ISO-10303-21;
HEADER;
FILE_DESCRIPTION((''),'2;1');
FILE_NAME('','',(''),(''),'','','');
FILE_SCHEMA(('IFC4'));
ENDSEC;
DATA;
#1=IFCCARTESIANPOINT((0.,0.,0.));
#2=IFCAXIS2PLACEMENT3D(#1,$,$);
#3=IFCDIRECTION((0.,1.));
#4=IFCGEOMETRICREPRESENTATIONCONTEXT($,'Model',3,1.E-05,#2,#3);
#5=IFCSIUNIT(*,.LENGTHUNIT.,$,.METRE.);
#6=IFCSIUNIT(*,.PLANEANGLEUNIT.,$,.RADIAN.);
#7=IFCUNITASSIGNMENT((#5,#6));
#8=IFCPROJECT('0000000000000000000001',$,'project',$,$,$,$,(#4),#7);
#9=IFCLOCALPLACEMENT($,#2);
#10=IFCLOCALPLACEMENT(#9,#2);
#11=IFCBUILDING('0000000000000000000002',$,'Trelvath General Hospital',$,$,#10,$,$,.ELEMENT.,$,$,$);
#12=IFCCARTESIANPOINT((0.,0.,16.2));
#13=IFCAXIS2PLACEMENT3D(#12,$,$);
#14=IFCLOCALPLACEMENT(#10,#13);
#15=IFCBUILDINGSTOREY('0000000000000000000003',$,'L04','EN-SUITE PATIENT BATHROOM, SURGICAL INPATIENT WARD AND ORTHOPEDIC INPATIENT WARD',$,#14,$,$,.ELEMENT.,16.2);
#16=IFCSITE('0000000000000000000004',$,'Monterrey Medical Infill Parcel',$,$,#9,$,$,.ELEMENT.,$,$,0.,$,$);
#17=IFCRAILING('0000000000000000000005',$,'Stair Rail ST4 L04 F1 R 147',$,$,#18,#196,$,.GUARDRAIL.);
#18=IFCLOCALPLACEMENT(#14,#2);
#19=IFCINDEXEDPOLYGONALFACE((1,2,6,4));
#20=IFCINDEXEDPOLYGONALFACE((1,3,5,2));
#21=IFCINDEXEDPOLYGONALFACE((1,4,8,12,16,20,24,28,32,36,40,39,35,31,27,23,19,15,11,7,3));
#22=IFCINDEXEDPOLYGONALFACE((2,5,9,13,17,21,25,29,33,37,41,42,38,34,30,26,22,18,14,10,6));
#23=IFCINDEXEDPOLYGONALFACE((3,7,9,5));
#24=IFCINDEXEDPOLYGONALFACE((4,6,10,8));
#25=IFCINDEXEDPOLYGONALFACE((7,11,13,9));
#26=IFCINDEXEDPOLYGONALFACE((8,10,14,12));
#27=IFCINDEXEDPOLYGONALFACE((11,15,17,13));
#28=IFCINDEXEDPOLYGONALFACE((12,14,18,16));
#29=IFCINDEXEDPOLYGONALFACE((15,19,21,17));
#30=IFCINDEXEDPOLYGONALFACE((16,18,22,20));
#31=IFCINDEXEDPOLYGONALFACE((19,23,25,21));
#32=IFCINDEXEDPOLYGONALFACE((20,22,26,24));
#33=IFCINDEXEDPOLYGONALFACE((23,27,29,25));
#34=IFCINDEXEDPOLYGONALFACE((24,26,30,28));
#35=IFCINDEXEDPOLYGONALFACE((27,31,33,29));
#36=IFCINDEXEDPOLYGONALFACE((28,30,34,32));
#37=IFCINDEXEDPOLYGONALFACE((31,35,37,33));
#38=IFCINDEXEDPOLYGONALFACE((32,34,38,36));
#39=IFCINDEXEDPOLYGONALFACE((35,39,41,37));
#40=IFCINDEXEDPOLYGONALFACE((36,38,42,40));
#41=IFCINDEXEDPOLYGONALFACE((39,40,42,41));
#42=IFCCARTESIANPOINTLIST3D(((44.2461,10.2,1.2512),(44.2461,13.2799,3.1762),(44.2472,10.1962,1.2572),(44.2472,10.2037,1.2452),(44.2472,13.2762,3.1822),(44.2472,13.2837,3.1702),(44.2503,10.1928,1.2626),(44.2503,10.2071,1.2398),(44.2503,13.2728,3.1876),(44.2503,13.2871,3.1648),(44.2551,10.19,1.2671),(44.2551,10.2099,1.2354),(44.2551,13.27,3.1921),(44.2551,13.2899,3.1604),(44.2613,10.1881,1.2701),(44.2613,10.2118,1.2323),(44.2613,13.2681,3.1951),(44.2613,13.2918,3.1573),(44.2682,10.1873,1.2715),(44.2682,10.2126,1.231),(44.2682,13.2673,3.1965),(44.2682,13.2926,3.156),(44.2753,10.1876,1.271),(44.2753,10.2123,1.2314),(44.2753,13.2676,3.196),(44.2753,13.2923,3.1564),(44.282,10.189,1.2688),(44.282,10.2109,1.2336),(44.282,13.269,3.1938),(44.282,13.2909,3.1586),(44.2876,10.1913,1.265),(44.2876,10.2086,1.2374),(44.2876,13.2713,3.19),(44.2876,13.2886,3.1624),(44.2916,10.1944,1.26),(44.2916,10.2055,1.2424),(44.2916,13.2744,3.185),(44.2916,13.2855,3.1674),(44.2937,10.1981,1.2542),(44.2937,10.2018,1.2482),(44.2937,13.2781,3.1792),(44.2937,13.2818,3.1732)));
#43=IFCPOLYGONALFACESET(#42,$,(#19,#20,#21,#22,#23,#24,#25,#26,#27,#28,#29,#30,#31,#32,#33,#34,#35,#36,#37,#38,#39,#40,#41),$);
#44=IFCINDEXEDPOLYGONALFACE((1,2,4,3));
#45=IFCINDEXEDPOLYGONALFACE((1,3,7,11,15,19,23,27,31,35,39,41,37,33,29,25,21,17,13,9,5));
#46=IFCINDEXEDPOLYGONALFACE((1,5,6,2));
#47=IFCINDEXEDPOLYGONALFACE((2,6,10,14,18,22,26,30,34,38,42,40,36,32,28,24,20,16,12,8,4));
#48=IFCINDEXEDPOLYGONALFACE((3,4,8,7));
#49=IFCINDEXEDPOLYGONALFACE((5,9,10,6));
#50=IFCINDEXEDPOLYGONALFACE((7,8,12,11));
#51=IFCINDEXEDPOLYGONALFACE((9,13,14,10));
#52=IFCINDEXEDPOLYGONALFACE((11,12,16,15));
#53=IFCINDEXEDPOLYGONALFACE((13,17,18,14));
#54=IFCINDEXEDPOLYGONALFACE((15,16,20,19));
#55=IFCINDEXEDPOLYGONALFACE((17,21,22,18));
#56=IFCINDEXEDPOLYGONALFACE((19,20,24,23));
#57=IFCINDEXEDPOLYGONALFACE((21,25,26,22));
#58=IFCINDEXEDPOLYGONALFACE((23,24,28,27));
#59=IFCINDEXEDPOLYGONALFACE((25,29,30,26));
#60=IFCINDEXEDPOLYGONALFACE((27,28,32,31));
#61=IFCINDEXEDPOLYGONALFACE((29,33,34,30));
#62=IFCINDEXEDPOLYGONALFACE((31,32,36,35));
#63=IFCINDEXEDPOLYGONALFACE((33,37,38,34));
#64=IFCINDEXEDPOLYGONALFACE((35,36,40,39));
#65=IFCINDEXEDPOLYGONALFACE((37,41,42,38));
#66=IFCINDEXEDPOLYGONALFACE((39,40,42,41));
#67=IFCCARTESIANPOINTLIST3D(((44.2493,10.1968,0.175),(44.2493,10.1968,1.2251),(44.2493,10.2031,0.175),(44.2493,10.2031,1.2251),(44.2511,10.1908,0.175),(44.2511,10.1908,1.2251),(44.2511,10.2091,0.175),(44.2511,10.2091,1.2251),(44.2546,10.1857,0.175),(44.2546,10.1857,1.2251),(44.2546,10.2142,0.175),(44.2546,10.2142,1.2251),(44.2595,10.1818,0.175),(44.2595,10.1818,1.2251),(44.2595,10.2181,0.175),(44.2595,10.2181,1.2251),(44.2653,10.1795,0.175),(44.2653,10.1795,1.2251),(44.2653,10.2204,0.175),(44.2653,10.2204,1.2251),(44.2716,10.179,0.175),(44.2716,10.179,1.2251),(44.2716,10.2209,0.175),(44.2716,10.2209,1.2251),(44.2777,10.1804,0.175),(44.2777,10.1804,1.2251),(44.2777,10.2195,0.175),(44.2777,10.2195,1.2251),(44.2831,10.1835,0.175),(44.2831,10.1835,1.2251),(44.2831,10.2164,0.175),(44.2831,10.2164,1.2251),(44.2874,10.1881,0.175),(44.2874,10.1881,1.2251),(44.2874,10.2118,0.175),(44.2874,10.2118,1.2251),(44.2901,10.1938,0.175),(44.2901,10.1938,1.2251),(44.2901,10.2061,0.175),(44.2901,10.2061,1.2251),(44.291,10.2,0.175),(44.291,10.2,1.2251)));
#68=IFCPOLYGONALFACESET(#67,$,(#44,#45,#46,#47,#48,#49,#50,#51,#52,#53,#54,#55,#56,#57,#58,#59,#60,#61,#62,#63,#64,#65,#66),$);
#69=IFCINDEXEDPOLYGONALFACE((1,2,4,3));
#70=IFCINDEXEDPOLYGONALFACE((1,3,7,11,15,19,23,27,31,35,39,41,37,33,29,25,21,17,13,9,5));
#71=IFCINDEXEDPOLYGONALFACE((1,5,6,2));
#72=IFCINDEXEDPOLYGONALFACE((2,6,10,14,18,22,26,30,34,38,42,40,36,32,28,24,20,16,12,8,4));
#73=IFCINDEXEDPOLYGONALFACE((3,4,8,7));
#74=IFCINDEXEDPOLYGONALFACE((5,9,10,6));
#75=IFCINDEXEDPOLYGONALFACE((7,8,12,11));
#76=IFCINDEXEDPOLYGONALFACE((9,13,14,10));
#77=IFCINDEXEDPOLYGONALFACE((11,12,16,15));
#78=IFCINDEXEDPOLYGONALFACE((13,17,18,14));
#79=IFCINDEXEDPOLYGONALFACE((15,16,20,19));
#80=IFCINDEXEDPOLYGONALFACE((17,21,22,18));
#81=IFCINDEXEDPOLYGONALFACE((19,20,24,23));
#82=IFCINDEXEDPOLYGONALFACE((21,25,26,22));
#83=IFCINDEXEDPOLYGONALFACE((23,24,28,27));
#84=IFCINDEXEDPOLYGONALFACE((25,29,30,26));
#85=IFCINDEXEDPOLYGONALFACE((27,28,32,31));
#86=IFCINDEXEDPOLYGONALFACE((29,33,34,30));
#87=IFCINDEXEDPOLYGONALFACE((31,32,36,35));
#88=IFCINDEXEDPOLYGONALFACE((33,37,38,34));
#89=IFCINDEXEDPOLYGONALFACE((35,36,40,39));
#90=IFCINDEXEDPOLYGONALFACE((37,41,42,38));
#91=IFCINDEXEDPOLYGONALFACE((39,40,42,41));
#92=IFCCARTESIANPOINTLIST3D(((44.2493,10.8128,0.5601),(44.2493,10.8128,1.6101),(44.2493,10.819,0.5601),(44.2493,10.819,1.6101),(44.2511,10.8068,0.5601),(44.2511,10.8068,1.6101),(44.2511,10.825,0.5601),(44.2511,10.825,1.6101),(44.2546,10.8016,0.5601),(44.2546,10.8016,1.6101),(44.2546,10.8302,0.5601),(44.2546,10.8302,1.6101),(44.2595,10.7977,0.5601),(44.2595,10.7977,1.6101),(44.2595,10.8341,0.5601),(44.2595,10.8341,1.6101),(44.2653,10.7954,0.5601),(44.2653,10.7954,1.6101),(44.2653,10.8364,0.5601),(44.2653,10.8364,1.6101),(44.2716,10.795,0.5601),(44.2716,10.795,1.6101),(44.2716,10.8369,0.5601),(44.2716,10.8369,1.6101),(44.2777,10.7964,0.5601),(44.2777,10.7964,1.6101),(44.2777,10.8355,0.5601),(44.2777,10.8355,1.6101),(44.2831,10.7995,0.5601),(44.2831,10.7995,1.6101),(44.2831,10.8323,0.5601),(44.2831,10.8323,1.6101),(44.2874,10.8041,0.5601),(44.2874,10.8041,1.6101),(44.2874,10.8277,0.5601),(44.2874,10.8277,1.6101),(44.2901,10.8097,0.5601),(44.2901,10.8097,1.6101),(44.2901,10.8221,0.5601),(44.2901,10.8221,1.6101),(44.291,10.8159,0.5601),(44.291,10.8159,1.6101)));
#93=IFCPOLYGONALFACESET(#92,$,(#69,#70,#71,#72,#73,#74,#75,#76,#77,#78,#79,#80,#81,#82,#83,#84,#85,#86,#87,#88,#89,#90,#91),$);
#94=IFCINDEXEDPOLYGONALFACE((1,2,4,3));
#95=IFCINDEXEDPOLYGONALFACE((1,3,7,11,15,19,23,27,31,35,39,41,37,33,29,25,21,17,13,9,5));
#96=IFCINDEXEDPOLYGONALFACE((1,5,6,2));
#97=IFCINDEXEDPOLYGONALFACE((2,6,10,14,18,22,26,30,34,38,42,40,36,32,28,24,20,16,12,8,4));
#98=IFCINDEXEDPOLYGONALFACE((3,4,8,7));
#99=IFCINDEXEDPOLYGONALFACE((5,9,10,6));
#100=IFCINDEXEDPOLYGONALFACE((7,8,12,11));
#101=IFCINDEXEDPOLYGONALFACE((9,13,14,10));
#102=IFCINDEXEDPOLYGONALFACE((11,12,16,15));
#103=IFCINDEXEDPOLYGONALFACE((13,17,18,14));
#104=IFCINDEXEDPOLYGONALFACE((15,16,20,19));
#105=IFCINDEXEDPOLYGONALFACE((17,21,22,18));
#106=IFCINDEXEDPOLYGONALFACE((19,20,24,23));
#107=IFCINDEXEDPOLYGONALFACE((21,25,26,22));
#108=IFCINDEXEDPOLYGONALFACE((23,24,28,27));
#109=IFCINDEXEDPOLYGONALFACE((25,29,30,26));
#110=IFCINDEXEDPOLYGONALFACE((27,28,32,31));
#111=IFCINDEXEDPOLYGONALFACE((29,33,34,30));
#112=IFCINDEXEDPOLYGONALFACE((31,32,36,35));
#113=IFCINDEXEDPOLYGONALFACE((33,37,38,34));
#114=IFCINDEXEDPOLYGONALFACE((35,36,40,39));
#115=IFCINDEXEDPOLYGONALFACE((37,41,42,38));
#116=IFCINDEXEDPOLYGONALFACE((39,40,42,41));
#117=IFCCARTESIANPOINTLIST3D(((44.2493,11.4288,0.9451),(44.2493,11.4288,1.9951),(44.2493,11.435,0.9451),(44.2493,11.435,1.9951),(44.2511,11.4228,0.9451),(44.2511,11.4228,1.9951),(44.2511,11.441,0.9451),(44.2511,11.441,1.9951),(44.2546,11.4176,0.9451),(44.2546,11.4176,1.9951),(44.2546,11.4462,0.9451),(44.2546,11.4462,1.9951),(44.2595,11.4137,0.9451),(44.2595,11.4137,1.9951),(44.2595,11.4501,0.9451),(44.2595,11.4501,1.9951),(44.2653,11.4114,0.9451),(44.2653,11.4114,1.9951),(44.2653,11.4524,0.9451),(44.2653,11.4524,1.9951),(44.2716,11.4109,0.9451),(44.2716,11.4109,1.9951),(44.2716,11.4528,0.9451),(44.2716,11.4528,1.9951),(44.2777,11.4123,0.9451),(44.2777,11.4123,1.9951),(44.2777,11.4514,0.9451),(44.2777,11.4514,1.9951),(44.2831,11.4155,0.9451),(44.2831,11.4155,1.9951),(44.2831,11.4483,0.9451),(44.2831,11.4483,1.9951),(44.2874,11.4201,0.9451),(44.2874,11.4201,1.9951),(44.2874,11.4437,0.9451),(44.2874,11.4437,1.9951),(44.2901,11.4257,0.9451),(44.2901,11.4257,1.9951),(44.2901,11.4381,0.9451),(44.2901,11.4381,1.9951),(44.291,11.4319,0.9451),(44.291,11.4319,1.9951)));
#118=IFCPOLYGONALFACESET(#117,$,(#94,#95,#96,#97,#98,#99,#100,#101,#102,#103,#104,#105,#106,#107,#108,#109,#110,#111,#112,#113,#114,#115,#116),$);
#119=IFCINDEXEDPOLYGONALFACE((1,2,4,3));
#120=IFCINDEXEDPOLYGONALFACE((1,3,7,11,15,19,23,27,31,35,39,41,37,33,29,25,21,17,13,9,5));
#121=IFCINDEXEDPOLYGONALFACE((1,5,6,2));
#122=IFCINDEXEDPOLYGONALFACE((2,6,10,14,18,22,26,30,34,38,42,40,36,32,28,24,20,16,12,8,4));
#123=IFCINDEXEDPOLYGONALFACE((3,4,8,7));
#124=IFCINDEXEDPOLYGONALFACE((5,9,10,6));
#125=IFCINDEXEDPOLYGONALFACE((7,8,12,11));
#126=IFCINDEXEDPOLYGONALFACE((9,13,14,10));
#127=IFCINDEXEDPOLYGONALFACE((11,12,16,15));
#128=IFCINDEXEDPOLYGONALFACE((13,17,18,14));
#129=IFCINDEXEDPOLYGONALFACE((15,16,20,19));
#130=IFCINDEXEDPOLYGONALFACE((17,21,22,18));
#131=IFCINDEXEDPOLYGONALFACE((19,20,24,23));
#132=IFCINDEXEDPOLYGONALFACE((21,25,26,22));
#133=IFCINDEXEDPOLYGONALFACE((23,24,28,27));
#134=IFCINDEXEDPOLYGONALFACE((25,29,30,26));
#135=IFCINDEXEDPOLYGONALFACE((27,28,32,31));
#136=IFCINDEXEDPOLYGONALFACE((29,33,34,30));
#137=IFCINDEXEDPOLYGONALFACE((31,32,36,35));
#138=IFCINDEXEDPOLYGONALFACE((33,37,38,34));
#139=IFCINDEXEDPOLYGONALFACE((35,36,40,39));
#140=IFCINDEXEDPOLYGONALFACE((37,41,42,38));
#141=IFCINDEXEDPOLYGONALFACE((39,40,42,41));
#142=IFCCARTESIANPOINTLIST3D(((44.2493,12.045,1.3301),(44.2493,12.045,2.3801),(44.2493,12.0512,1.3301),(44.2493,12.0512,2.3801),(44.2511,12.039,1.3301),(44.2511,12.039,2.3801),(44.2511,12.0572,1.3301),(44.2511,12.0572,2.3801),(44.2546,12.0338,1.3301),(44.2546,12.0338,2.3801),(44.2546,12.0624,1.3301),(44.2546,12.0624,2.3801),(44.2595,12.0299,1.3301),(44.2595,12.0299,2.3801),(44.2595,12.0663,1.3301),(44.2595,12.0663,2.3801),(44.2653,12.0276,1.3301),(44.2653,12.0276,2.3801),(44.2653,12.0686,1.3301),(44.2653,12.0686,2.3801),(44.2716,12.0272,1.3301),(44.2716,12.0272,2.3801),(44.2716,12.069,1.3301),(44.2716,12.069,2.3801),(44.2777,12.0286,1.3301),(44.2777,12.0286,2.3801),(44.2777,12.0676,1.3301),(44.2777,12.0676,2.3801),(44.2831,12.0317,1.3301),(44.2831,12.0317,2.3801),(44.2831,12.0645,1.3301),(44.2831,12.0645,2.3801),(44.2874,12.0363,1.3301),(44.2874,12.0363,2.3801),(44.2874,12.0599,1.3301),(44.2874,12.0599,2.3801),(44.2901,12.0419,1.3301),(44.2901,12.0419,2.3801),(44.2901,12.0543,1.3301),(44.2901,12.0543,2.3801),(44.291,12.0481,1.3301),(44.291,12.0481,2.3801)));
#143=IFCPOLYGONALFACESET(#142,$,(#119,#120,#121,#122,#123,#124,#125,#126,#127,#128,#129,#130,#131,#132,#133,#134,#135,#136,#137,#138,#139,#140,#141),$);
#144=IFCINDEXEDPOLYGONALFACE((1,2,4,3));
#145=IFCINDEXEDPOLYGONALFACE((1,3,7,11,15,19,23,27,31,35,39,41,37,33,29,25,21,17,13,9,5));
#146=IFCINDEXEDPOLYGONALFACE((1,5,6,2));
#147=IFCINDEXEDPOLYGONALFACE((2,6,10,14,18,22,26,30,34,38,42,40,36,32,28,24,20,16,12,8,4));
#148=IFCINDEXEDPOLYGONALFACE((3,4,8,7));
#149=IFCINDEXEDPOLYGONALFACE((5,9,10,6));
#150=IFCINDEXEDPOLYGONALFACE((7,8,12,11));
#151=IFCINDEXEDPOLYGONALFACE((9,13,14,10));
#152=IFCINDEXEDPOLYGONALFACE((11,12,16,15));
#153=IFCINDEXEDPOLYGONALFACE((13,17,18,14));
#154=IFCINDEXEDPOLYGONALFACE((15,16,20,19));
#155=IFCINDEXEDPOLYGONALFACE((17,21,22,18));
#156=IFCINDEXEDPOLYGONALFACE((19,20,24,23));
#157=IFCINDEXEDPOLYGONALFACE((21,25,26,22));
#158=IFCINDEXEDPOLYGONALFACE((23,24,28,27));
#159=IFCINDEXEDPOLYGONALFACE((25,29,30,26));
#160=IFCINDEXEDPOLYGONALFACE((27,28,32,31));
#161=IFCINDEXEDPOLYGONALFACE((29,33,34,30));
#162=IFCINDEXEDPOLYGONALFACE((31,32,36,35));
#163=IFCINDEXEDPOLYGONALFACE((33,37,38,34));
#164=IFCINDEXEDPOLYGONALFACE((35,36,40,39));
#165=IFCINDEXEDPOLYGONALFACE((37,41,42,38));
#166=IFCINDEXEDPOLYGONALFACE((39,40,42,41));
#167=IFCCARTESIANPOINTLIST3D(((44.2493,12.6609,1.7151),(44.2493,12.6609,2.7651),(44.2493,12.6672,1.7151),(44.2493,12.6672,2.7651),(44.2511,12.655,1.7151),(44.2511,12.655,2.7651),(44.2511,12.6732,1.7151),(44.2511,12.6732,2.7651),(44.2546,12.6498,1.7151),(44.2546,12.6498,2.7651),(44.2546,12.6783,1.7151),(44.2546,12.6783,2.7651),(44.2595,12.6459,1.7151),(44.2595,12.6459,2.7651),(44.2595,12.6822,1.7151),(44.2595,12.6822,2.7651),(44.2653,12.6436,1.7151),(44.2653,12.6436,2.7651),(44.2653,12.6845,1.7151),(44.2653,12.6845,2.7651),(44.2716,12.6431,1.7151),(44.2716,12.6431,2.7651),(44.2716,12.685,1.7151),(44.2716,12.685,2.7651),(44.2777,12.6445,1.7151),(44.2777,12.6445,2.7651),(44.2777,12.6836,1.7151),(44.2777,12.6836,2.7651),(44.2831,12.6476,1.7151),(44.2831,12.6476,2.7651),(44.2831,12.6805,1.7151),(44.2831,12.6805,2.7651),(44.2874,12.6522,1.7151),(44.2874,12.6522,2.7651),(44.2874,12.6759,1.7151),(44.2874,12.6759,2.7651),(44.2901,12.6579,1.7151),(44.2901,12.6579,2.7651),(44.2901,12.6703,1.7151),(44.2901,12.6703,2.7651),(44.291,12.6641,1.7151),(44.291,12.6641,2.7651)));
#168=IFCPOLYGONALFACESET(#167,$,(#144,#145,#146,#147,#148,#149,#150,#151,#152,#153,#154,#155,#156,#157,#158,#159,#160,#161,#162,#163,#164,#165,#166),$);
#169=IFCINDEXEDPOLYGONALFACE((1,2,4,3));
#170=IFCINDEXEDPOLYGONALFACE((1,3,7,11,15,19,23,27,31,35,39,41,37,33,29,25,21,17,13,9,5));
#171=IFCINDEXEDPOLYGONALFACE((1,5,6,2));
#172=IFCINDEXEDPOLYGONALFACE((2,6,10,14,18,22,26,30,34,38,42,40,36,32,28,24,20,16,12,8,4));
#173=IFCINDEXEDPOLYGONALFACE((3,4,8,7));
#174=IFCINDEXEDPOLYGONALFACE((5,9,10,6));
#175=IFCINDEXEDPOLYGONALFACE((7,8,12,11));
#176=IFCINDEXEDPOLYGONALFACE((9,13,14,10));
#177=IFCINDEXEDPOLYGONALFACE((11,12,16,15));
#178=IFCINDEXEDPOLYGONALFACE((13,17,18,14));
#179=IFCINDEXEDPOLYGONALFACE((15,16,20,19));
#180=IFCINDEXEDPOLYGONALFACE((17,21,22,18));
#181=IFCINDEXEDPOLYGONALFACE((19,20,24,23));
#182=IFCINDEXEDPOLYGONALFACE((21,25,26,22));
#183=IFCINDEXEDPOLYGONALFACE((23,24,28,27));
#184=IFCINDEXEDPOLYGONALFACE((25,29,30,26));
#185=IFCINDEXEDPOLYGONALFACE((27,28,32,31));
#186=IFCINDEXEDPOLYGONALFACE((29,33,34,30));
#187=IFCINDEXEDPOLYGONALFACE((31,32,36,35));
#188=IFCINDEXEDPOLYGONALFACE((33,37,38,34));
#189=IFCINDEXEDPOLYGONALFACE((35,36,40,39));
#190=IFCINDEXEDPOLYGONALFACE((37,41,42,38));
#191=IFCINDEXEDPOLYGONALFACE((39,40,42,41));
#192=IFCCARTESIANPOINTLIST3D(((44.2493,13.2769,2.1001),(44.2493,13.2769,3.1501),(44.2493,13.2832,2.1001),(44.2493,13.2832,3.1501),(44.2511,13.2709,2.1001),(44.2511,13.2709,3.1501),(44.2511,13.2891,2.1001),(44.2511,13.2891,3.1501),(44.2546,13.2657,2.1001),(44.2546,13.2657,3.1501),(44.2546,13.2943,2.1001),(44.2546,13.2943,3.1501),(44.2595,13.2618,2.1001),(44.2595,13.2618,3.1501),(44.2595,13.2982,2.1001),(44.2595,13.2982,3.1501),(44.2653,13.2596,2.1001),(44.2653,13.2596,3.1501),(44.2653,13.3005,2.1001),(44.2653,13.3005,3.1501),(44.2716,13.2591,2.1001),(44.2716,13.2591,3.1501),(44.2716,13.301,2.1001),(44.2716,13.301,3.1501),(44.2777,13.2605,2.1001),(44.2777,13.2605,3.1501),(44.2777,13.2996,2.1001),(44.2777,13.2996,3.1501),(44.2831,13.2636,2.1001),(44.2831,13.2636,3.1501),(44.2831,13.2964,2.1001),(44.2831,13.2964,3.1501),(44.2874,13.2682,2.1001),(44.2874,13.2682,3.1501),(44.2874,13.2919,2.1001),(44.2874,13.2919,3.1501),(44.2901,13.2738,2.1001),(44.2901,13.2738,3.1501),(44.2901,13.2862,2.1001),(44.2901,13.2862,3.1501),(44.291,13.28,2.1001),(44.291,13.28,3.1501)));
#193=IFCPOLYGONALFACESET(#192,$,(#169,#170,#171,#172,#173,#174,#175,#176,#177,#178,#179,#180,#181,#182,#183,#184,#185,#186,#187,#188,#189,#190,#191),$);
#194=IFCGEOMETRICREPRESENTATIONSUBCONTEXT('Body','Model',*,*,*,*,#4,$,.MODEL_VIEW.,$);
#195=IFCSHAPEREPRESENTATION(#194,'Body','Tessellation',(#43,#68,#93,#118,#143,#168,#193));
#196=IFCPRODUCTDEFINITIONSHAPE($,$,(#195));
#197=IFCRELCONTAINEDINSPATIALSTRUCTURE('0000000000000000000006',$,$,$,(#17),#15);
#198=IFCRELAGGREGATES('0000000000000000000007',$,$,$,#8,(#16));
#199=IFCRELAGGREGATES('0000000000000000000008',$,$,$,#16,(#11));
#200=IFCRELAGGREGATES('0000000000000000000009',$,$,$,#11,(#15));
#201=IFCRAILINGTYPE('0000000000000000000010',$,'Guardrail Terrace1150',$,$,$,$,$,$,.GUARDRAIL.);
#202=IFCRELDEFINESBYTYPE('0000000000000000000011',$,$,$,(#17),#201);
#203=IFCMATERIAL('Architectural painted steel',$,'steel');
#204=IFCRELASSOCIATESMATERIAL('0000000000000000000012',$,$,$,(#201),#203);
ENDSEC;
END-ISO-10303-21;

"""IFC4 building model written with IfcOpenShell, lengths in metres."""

from ifc_helpers import new_model, si_unit, direction, frame, origin, origin_2d, place, context, subcontext, project, spatial, circle, extrude, material, type_object, element, save


model = new_model("IFC4")

# Units and contexts
model_context = context("Model", 3, precision=1e-05, world=origin(), true_north=direction((0.0, 1.0)))
body_context = subcontext(model_context, "Body", "Model", "MODEL_VIEW")
ifc_project = project(units=[si_unit("LENGTHUNIT", "METRE"), si_unit("PLANEANGLEUNIT", "RADIAN")], contexts=[model_context])

# Site, building, storey
site_placement = place(None, origin())
site = spatial("IfcSite", under=ifc_project, at=site_placement, Name="Monterrey Medical Infill Parcel", CompositionType="ELEMENT", RefElevation=0.0)
building_placement = place(site_placement, origin())
building = spatial("IfcBuilding", under=site, at=building_placement, Name="Trelvath General Hospital", CompositionType="ELEMENT")
storey_placement = place(building_placement, frame((0.0, 0.0, 16.2)))
storey = spatial("IfcBuildingStorey", under=building, at=storey_placement, Name="L04", Description="EN-SUITE PATIENT BATHROOM, SURGICAL INPATIENT WARD AND ORTHOPEDIC INPATIENT WARD", CompositionType="ELEMENT", Elevation=16.2)

# Railing
ifc_material_1 = material(Name="Architectural painted steel", Category="steel")
railing_type_1 = type_object("IfcRailingType", Name="Guardrail Terrace1150", PredefinedType="GUARDRAIL", material=ifc_material_1)
railing_1_placement = place(storey_placement, frame((44.27, 10.2, 0.175)))
element("IfcRailing", 1, at=railing_1_placement, inside=storey, type_object=railing_type_1, Name="Stair Rail ST4 L04 F1 R 147", PredefinedType="GUARDRAIL", context=body_context, shape_type="SweptSolid", body=[
    extrude(circle(Radius=0.0239, at=origin_2d()), frame((0.0, 0.0, 1.0762), z_axis=(0.0, 0.847998, 0.529999), x_axis=(-1.0, 0.0, 0.0)), (0.0, 0.0, 1.0), 3.6321),
    extrude(circle(Radius=0.021, at=origin_2d()), origin(), (0.0, 0.0, 1.0), 1.05),
    extrude(circle(Radius=0.021, at=origin_2d()), frame((0.0, 0.616, 0.385)), (0.0, 0.0, 1.0), 1.05),
    extrude(circle(Radius=0.021, at=origin_2d()), frame((0.0, 1.2319, 0.77)), (0.0, 0.0, 1.0), 1.05),
    extrude(circle(Radius=0.021, at=origin_2d()), frame((0.0, 1.8481, 1.155)), (0.0, 0.0, 1.0), 1.05),
    extrude(circle(Radius=0.021, at=origin_2d()), frame((0.0, 2.4641, 1.54)), (0.0, 0.0, 1.0), 1.05),
    extrude(circle(Radius=0.021, at=origin_2d()), frame((0.0, 3.0801, 1.925)), (0.0, 0.0, 1.0), 1.05),
])

save(model, "model.ifc")
